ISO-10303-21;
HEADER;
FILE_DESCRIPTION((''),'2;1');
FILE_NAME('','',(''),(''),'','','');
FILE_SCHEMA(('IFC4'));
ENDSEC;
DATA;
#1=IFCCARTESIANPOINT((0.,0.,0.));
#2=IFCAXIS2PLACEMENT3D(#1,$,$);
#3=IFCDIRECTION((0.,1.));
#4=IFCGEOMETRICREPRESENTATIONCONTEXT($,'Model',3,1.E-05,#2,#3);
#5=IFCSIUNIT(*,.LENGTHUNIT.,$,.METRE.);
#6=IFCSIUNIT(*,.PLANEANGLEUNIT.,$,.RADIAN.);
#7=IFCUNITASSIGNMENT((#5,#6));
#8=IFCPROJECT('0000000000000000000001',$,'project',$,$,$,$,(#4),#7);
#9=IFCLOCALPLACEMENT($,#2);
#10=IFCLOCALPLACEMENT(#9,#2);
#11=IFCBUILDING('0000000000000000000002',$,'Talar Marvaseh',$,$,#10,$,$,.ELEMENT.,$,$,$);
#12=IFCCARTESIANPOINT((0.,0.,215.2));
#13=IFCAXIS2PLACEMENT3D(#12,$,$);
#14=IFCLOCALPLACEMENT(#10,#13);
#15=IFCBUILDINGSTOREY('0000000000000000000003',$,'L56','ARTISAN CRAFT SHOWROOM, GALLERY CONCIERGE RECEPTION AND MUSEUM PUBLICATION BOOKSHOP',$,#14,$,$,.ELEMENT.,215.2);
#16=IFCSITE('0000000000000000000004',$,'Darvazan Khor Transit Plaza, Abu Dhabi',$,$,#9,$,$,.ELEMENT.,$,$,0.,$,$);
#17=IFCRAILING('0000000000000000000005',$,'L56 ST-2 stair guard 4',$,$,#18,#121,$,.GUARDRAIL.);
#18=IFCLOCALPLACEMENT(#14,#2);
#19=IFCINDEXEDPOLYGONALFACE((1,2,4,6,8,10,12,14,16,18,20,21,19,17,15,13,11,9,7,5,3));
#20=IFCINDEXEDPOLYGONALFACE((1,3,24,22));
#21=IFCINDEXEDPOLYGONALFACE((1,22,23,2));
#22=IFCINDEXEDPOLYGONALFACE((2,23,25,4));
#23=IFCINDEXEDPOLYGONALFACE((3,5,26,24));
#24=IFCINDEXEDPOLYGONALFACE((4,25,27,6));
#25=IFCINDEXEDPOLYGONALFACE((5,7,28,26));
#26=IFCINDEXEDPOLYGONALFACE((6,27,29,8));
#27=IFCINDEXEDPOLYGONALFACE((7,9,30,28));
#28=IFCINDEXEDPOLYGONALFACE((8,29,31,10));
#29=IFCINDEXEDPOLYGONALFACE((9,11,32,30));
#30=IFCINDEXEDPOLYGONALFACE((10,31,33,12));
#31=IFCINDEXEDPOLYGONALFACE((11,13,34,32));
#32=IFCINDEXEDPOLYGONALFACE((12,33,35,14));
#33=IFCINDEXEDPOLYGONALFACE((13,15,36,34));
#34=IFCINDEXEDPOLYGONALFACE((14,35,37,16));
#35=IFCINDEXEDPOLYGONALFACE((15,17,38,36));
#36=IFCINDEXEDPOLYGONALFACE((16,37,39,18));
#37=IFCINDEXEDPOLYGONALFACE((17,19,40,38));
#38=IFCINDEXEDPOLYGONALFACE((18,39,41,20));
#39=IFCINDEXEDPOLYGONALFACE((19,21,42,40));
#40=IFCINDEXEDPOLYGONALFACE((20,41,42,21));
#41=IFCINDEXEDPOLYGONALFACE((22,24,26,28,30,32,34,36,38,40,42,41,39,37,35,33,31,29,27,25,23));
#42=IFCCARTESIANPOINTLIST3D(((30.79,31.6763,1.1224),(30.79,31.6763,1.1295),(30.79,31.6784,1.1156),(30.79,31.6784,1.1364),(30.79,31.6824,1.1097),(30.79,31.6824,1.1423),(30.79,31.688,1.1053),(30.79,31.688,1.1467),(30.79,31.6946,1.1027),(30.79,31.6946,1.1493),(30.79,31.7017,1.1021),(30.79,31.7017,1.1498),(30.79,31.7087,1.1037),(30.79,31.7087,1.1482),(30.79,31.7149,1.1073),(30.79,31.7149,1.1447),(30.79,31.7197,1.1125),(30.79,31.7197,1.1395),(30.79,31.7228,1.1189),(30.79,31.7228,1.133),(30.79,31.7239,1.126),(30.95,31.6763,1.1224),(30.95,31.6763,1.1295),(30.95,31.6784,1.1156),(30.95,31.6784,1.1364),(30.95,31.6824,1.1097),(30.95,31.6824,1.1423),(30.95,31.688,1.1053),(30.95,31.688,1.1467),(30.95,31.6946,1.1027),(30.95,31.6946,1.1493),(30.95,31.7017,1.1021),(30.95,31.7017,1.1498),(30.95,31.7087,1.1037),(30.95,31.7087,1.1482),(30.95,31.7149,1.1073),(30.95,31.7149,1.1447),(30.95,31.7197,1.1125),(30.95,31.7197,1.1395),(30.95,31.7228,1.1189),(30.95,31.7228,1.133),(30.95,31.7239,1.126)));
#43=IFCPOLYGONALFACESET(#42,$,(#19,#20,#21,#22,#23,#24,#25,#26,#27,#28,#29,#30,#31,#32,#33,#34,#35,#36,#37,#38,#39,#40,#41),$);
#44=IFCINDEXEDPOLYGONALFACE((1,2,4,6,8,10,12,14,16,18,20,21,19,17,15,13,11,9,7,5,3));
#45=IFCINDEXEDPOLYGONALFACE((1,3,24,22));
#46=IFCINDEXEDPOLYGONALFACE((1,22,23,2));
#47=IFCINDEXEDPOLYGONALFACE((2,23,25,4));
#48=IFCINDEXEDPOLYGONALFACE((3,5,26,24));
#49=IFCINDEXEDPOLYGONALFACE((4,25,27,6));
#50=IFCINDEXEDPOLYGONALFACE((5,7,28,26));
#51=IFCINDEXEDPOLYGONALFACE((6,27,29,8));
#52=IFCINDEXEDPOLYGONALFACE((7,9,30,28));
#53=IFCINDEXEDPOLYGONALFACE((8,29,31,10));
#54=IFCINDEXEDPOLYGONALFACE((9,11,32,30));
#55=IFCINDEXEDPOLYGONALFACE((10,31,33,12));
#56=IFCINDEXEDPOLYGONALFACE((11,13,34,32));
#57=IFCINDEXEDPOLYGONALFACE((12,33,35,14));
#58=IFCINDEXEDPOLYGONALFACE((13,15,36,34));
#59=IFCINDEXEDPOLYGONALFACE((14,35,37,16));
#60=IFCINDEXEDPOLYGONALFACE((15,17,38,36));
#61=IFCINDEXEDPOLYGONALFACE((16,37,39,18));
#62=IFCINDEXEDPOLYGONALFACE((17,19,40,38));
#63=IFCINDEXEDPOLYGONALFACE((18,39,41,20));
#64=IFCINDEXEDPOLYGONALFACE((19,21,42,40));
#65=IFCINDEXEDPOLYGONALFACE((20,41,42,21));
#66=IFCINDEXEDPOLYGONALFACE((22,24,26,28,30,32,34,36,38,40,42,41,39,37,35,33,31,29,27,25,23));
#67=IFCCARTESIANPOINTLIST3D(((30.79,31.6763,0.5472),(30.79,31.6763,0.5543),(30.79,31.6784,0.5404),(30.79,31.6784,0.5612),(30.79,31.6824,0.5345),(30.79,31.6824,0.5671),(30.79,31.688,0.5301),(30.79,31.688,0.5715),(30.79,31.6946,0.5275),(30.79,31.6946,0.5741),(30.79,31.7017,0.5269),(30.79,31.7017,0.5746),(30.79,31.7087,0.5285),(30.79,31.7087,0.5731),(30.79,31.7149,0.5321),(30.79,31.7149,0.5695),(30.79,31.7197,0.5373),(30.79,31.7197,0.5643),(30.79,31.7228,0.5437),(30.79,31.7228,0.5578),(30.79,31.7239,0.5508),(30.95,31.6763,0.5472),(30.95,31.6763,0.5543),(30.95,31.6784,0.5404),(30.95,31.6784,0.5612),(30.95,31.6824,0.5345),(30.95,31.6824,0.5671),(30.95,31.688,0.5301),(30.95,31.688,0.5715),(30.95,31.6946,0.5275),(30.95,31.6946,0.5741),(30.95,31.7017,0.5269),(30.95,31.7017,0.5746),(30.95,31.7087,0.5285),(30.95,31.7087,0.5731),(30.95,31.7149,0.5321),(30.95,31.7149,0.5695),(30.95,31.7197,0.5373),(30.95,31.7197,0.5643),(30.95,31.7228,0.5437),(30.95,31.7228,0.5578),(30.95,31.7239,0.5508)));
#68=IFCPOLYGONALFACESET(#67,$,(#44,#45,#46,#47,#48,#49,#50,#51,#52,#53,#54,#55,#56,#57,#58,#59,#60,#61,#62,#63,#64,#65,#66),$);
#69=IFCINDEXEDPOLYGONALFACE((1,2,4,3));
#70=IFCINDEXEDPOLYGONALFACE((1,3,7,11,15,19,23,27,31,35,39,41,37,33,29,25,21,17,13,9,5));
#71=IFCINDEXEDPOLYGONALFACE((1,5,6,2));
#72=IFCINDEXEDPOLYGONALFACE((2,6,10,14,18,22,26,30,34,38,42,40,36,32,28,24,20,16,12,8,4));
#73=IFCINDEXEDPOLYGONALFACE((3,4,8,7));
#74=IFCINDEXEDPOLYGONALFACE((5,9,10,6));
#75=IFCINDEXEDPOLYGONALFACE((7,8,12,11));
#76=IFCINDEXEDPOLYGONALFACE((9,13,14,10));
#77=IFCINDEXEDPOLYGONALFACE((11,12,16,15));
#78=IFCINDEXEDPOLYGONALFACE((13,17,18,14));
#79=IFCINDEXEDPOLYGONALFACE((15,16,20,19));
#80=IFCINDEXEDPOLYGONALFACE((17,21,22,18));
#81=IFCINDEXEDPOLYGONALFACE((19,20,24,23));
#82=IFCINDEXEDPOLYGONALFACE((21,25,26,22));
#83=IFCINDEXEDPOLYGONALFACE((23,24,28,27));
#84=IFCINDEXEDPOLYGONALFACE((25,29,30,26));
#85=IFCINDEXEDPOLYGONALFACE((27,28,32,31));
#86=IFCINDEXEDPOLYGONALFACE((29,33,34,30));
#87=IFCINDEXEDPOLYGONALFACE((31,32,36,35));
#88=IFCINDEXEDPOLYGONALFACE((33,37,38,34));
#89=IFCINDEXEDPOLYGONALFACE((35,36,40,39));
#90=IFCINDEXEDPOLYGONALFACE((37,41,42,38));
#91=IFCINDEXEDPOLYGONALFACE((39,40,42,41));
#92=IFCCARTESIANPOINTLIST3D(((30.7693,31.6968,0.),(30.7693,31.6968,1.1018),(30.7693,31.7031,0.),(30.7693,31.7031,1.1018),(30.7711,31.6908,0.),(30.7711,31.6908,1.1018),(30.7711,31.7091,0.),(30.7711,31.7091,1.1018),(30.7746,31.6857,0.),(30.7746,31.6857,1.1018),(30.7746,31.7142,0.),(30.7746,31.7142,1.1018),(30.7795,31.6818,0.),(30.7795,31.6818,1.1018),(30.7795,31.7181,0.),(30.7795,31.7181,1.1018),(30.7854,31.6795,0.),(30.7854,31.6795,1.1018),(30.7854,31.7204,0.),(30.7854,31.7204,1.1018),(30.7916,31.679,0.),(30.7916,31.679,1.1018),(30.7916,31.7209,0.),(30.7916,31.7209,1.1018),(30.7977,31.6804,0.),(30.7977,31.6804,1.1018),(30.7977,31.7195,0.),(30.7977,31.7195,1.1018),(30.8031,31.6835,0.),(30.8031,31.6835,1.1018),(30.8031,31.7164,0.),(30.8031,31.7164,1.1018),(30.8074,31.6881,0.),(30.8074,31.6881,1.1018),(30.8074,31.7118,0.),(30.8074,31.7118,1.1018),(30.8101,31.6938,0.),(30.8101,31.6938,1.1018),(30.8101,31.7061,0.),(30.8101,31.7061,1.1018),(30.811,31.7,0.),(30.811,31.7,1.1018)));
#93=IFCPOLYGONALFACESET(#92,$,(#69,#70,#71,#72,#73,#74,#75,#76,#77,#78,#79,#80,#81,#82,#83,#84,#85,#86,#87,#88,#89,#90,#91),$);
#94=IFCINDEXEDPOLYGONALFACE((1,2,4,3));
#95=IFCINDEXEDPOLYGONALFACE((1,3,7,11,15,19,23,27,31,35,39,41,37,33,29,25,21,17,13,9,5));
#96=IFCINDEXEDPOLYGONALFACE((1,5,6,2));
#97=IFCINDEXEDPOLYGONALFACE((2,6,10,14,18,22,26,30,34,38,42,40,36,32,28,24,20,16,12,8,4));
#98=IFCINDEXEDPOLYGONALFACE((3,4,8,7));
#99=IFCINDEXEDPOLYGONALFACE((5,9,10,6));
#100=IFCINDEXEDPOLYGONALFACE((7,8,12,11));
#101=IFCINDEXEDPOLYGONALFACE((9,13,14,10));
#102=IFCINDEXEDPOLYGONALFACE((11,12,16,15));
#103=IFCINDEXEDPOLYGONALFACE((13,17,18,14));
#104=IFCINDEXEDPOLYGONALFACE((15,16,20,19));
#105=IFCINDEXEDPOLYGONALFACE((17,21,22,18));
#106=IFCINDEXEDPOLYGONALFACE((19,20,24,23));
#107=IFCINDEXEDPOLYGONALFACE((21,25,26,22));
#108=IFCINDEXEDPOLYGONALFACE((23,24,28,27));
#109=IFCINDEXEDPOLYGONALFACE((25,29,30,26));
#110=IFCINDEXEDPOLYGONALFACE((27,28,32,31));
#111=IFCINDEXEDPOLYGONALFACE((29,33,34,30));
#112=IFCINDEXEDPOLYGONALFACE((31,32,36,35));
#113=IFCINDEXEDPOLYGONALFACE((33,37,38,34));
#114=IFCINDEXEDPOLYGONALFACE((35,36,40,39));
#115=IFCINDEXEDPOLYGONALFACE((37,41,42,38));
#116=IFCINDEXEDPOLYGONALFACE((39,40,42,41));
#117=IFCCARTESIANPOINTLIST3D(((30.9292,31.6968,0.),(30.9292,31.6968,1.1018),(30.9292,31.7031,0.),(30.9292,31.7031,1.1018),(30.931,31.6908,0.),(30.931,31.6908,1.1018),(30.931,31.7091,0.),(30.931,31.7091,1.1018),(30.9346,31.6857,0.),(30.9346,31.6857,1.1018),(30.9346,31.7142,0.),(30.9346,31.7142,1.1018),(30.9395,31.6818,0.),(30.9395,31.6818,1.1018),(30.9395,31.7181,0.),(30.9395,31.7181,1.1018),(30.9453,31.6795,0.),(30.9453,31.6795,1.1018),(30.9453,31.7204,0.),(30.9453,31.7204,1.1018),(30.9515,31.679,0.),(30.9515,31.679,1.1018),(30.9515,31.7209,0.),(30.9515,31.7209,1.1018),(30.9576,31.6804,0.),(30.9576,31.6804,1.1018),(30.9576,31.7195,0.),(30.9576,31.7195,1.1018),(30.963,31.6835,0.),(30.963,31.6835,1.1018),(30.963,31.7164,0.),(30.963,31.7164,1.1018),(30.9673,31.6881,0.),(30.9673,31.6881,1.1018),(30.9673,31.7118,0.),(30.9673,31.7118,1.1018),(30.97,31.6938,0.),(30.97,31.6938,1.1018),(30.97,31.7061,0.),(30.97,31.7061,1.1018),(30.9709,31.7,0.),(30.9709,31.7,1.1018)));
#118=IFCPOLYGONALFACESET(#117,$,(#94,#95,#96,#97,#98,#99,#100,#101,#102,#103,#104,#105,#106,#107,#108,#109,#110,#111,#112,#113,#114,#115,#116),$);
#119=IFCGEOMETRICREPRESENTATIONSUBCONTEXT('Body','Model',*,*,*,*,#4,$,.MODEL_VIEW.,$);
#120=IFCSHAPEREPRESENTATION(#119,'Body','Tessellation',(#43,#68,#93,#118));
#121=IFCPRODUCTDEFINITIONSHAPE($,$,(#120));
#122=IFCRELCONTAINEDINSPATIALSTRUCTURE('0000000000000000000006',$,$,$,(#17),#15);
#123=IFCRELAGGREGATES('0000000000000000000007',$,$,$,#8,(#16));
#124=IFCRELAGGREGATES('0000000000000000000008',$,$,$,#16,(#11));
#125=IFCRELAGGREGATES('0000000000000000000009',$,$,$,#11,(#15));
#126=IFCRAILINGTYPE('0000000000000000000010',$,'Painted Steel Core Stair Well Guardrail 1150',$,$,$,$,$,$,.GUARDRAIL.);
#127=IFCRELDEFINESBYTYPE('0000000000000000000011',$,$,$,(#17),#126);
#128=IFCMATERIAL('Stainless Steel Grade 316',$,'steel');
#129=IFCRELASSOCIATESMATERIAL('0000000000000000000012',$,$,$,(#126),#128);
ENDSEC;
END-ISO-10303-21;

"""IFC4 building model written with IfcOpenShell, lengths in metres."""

from ifc_helpers import new_model, si_unit, direction, frame, origin, origin_2d, place, context, subcontext, project, spatial, circle, extrude, material, type_object, element, save


model = new_model("IFC4")

# Units and contexts
model_context = context("Model", 3, precision=1e-05, world=origin(), true_north=direction((0.0, 1.0)))
body_context = subcontext(model_context, "Body", "Model", "MODEL_VIEW")
ifc_project = project(units=[si_unit("LENGTHUNIT", "METRE"), si_unit("PLANEANGLEUNIT", "RADIAN")], contexts=[model_context])

# Site, building, storey
site_placement = place(None, origin())
site = spatial("IfcSite", under=ifc_project, at=site_placement, Name="Darvazan Khor Transit Plaza, Abu Dhabi", CompositionType="ELEMENT", RefElevation=0.0)
building_placement = place(site_placement, origin())
building = spatial("IfcBuilding", under=site, at=building_placement, Name="Talar Marvaseh", CompositionType="ELEMENT")
storey_placement = place(building_placement, frame((0.0, 0.0, 215.2)))
storey = spatial("IfcBuildingStorey", under=building, at=storey_placement, Name="L56", Description="ARTISAN CRAFT SHOWROOM, GALLERY CONCIERGE RECEPTION AND MUSEUM PUBLICATION BOOKSHOP", CompositionType="ELEMENT", Elevation=215.2)

# Shared definitions
ifc_material_1 = material(Name="Stainless Steel Grade 316", Category="steel")

# Railing
railing_type_1 = type_object("IfcRailingType", Name="Painted Steel Core Stair Well Guardrail 1150", PredefinedType="GUARDRAIL", material=ifc_material_1)
railing_1_placement = place(storey_placement, frame((30.79, 31.7, 0.0)))
element("IfcRailing", 1, at=railing_1_placement, inside=storey, type_object=railing_type_1, Name="L56 ST-2 stair guard 4", PredefinedType="GUARDRAIL", context=body_context, shape_type="SweptSolid", body=[
    extrude(circle(Radius=0.0239, at=origin_2d()), frame((0.0, 0.0, 1.126), z_axis=(1.0, 0.0, 0.0), x_axis=(0.0, 1.0, 0.0)), (0.0, 0.0, 1.0), 0.1599),
    extrude(circle(Radius=0.0239, at=origin_2d()), frame((0.0, 0.0, 0.5508), z_axis=(1.0, 0.0, 0.0), x_axis=(0.0, 1.0, 0.0)), (0.0, 0.0, 1.0), 0.1599),
    extrude(circle(Radius=0.021, at=origin_2d()), origin(), (0.0, 0.0, 1.0), 1.1018),
    extrude(circle(Radius=0.021, at=origin_2d()), frame((0.1599, 0.0, 0.0)), (0.0, 0.0, 1.0), 1.1018),
])

save(model, "model.ifc")
